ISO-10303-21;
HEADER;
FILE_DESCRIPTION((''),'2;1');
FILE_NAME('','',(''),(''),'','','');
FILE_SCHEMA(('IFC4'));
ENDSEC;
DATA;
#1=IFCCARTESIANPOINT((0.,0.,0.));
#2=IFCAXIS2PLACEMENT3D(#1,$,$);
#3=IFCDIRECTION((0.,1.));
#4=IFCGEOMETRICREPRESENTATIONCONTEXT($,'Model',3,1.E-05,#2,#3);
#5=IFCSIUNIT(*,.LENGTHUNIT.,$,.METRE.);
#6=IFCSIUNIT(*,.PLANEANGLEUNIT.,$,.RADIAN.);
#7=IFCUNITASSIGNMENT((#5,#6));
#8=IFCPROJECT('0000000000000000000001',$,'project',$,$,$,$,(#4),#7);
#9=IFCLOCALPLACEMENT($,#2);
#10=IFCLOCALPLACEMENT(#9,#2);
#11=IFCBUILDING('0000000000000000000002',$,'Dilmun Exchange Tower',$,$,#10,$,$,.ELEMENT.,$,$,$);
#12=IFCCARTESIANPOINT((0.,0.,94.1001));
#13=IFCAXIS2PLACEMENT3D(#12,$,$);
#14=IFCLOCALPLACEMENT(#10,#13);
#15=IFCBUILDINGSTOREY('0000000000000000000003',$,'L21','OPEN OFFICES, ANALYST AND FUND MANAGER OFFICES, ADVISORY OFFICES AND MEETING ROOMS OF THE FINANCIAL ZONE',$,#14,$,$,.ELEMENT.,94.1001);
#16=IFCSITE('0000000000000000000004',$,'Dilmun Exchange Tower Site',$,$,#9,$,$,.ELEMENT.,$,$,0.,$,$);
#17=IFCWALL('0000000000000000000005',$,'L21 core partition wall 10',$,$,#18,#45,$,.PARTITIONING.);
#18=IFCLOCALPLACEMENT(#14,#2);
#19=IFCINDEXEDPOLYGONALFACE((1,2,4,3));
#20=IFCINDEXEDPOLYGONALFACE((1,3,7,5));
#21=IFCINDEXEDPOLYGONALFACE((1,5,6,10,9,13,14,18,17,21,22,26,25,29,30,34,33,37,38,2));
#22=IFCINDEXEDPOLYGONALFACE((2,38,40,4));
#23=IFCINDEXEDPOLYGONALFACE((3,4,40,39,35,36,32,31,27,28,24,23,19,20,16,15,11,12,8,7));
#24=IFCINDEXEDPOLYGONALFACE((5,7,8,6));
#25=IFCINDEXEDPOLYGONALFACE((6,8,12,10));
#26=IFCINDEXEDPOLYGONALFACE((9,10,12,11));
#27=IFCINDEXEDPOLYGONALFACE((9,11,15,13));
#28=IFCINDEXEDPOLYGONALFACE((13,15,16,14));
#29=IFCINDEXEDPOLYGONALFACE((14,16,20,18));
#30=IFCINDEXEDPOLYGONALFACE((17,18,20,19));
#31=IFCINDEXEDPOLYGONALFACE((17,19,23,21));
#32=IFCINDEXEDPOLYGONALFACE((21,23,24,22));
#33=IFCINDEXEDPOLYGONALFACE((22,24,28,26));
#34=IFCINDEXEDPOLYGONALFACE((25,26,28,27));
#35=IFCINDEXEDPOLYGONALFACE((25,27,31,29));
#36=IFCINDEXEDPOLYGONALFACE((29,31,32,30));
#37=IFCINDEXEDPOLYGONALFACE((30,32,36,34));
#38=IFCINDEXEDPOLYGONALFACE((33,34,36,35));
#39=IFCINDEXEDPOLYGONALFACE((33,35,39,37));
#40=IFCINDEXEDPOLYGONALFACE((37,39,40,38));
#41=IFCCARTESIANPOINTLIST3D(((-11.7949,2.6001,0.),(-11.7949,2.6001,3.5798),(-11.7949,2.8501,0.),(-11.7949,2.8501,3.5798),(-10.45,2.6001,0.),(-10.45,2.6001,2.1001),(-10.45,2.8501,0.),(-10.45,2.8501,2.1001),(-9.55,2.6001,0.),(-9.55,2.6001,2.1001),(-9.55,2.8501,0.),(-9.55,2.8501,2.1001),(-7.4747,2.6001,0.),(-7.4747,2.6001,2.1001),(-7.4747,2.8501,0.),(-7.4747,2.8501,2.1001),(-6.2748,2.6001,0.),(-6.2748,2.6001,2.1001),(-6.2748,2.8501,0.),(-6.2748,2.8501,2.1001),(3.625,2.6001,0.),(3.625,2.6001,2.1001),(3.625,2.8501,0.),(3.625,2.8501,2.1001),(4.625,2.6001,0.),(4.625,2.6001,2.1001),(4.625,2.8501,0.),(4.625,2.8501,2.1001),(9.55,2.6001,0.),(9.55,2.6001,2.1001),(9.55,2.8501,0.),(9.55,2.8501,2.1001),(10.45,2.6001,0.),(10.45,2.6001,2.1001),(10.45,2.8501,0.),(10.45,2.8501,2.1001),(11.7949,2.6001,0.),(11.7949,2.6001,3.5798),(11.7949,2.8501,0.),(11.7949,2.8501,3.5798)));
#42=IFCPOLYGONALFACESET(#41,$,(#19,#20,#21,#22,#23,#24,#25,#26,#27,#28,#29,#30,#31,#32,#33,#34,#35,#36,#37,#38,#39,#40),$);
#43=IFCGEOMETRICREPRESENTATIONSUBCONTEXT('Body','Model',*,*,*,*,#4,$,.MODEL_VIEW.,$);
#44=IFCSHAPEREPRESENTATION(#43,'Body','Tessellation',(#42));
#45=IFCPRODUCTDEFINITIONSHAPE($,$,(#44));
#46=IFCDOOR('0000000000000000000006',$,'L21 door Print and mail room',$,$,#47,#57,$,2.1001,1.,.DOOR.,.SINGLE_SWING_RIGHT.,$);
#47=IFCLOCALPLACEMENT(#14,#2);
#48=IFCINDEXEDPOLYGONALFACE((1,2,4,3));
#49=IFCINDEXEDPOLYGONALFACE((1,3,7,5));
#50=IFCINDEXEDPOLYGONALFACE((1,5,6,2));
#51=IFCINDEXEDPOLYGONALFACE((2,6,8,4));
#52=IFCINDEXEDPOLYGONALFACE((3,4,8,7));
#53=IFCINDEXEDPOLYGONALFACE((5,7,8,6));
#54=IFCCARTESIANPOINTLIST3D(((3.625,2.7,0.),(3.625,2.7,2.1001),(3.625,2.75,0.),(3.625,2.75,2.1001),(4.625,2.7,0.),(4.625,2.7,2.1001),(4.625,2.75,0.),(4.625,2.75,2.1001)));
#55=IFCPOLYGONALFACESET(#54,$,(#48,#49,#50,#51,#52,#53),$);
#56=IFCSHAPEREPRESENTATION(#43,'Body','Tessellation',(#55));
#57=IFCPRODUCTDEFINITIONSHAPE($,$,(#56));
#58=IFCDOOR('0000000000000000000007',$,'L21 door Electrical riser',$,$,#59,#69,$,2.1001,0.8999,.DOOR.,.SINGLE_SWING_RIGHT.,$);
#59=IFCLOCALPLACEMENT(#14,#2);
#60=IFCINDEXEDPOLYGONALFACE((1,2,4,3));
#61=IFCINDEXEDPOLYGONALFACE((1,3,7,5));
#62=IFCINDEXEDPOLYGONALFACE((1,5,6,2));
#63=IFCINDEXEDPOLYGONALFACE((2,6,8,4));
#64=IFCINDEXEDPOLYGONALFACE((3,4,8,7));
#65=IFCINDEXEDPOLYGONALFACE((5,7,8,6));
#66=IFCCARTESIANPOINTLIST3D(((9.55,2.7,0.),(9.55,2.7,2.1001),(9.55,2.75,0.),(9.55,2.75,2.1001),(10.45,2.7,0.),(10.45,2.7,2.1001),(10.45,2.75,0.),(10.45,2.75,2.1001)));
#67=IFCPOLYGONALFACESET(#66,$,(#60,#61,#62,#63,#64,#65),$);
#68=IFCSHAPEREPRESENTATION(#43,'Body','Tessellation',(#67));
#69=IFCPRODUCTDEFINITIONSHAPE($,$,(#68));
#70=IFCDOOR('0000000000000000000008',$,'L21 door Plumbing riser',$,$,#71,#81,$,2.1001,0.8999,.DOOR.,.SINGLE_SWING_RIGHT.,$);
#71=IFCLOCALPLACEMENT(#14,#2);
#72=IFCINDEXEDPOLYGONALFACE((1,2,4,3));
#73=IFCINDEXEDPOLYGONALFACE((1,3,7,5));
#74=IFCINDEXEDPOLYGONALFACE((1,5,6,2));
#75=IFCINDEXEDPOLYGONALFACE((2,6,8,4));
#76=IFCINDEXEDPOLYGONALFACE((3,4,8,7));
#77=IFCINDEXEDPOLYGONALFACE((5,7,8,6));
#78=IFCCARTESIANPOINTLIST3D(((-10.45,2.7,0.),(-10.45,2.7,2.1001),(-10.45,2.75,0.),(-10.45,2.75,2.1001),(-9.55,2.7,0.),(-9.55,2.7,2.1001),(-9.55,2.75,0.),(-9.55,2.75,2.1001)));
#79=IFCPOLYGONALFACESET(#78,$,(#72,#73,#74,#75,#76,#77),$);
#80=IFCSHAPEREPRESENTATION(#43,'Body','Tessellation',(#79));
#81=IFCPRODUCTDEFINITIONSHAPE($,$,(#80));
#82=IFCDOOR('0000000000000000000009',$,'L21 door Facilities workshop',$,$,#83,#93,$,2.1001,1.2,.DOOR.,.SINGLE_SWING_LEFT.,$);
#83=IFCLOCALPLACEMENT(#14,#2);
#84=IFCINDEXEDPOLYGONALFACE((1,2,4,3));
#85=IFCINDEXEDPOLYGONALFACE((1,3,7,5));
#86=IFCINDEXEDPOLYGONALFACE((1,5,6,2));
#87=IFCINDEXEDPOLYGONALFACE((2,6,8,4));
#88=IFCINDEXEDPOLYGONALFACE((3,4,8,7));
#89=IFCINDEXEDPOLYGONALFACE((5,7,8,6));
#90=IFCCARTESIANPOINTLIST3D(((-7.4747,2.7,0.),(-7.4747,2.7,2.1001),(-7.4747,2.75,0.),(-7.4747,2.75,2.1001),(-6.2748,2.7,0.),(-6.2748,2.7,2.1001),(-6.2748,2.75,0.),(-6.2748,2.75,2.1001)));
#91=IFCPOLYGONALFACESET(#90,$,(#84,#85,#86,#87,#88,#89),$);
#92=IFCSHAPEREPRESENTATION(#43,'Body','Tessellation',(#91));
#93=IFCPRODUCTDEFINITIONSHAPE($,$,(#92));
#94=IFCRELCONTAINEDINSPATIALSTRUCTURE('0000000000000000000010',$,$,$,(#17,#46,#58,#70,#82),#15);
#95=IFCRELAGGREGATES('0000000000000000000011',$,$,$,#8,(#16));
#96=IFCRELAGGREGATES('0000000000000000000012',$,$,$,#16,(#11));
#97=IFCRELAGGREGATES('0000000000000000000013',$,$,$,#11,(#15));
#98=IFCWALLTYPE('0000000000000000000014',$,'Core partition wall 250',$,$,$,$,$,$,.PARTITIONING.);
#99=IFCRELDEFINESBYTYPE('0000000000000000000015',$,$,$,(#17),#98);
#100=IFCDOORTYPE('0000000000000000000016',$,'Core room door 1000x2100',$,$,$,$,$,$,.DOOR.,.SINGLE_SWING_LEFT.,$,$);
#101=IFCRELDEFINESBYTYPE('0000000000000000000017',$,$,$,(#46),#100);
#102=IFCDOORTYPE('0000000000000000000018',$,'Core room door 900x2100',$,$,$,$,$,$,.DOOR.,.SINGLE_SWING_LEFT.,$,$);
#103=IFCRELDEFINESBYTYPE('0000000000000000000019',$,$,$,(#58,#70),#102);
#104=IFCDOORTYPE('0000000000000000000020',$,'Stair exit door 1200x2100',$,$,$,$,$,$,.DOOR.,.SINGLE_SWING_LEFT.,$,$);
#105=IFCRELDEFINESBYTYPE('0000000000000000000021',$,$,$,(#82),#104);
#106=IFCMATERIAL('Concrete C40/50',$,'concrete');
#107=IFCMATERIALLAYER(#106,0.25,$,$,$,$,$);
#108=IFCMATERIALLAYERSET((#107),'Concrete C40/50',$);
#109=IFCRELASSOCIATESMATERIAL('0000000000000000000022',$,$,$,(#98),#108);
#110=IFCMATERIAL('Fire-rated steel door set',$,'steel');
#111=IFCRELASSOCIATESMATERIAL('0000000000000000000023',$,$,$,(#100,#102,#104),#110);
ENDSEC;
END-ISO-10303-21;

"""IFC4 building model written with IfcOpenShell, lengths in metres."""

from ifc_helpers import new_model, si_unit, direction, frame, frame_2d, origin, place, context, subcontext, project, spatial, rectangle, extrude, material, layer, layer_set, type_object, element, fill, save


model = new_model("IFC4")

# Units and contexts
model_context = context("Model", 3, precision=1e-05, world=origin(), true_north=direction((0.0, 1.0)))
body_context = subcontext(model_context, "Body", "Model", "MODEL_VIEW")
ifc_project = project(units=[si_unit("LENGTHUNIT", "METRE"), si_unit("PLANEANGLEUNIT", "RADIAN")], contexts=[model_context])

# Site, building, storey
site_placement = place(None, origin())
site = spatial("IfcSite", under=ifc_project, at=site_placement, Name="Dilmun Exchange Tower Site", CompositionType="ELEMENT", RefElevation=0.0)
building_placement = place(site_placement, origin())
building = spatial("IfcBuilding", under=site, at=building_placement, Name="Dilmun Exchange Tower", CompositionType="ELEMENT")
storey_placement = place(building_placement, frame((0.0, 0.0, 94.1001)))
storey = spatial("IfcBuildingStorey", under=building, at=storey_placement, Name="L21", Description="OPEN OFFICES, ANALYST AND FUND MANAGER OFFICES, ADVISORY OFFICES AND MEETING ROOMS OF THE FINANCIAL ZONE", CompositionType="ELEMENT", Elevation=94.1001)

# Shared definitions
ifc_material_1 = material(Name="Concrete C40/50", Category="concrete")

# Wall, openings, doors
ifc_layer_1 = layer(ifc_material_1, 0.25)
ifc_layer_set_1 = layer_set([ifc_layer_1], Name="Concrete C40/50")
wall_type_1 = type_object("IfcWallType", Name="Core partition wall 250", PredefinedType="PARTITIONING", material=ifc_layer_set_1)
wall_1_placement = place(storey_placement, frame((-11.7949, 2.7251, 0.0), z_axis=(0.0, 0.0, 1.0), x_axis=(1.0, 0.0, 0.0)))
wall_1 = element("IfcWall", 1, at=wall_1_placement, inside=storey, type_object=wall_type_1, Name="L21 core partition wall 10", PredefinedType="PARTITIONING", context=body_context, shape_type="SweptSolid", body=[
    extrude(rectangle(XDim=23.5898, YDim=0.25, at=frame_2d((11.7949, 0.0))), origin(), (0.0, 0.0, 1.0), 3.5798),
])
opening_1_placement = place(wall_1_placement, frame((21.345, 0.0, 0.0)))
opening_1 = element("IfcOpeningElement", 2, at=opening_1_placement, cuts=wall_1, PredefinedType="OPENING", context=body_context, shape_type="SweptSolid", body=[
    extrude(rectangle(XDim=0.8999, YDim=2.1001, at=frame_2d((0.45, 1.05))), frame((0.0, 0.135, 0.0), z_axis=(0.0, -1.0, 0.0), x_axis=(1.0, 0.0, 0.0)), (0.0, 0.0, 1.0), 0.27),
])
opening_2_placement = place(wall_1_placement, frame((1.345, 0.0, 0.0)))
opening_2 = element("IfcOpeningElement", 3, at=opening_2_placement, cuts=wall_1, PredefinedType="OPENING", context=body_context, shape_type="SweptSolid", body=[
    extrude(rectangle(XDim=0.8999, YDim=2.1001, at=frame_2d((0.45, 1.05))), frame((0.0, 0.135, 0.0), z_axis=(0.0, -1.0, 0.0), x_axis=(1.0, 0.0, 0.0)), (0.0, 0.0, 1.0), 0.27),
])
opening_3_placement = place(wall_1_placement, frame((4.3201, 0.0, 0.0)))
opening_3 = element("IfcOpeningElement", 4, at=opening_3_placement, cuts=wall_1, PredefinedType="OPENING", context=body_context, shape_type="SweptSolid", body=[
    extrude(rectangle(XDim=1.2, YDim=2.1001, at=frame_2d((0.6001, 1.05))), frame((0.0, 0.135, 0.0), z_axis=(0.0, -1.0, 0.0), x_axis=(1.0, 0.0, 0.0)), (0.0, 0.0, 1.0), 0.27),
])
opening_4_placement = place(wall_1_placement, frame((15.4199, 0.0, 0.0)))
opening_4 = element("IfcOpeningElement", 5, at=opening_4_placement, cuts=wall_1, PredefinedType="OPENING", context=body_context, shape_type="SweptSolid", body=[
    extrude(rectangle(XDim=1.0, YDim=2.1001, at=frame_2d((0.5, 1.05))), frame((0.0, 0.135, 0.0), z_axis=(0.0, -1.0, 0.0), x_axis=(1.0, 0.0, 0.0)), (0.0, 0.0, 1.0), 0.27),
])
ifc_material_2 = material(Name="Fire-rated steel door set", Category="steel")
door_type_1 = type_object("IfcDoorType", Name="Core room door 1000x2100", OperationType="SINGLE_SWING_LEFT", PredefinedType="DOOR", material=ifc_material_2)
door_1_placement = place(opening_4_placement, origin())
door_1 = element("IfcDoor", 6, at=door_1_placement, inside=storey, type_object=door_type_1, Name="L21 door Print and mail room", OperationType="SINGLE_SWING_RIGHT", OverallHeight=2.1001, OverallWidth=1.0, PredefinedType="DOOR", context=body_context, shape_type="SweptSolid", body=[
    extrude(rectangle(XDim=1.0, YDim=2.1001, at=frame_2d((0.5, 1.05))), frame((0.0, 0.0249, 0.0), z_axis=(0.0, -1.0, 0.0), x_axis=(1.0, 0.0, 0.0)), (0.0, 0.0, 1.0), 0.05),
])
fill(opening_4, door_1)
door_type_2 = type_object("IfcDoorType", Name="Core room door 900x2100", OperationType="SINGLE_SWING_LEFT", PredefinedType="DOOR", material=ifc_material_2)
door_2_placement = place(opening_1_placement, origin())
door_2 = element("IfcDoor", 7, at=door_2_placement, inside=storey, type_object=door_type_2, Name="L21 door Electrical riser", OperationType="SINGLE_SWING_RIGHT", OverallHeight=2.1001, OverallWidth=0.8999, PredefinedType="DOOR", context=body_context, shape_type="SweptSolid", body=[
    extrude(rectangle(XDim=0.8999, YDim=2.1001, at=frame_2d((0.45, 1.05))), frame((0.0, 0.0249, 0.0), z_axis=(0.0, -1.0, 0.0), x_axis=(1.0, 0.0, 0.0)), (0.0, 0.0, 1.0), 0.05),
])
fill(opening_1, door_2)
door_3_placement = place(opening_2_placement, origin())
door_3 = element("IfcDoor", 8, at=door_3_placement, inside=storey, type_object=door_type_2, Name="L21 door Plumbing riser", OperationType="SINGLE_SWING_RIGHT", OverallHeight=2.1001, OverallWidth=0.8999, PredefinedType="DOOR", context=body_context, shape_type="SweptSolid", body=[
    extrude(rectangle(XDim=0.8999, YDim=2.1001, at=frame_2d((0.45, 1.05))), frame((0.0, 0.0249, 0.0), z_axis=(0.0, -1.0, 0.0), x_axis=(1.0, 0.0, 0.0)), (0.0, 0.0, 1.0), 0.05),
])
fill(opening_2, door_3)
door_type_3 = type_object("IfcDoorType", Name="Stair exit door 1200x2100", OperationType="SINGLE_SWING_LEFT", PredefinedType="DOOR", material=ifc_material_2)
door_4_placement = place(opening_3_placement, origin())
door_4 = element("IfcDoor", 9, at=door_4_placement, inside=storey, type_object=door_type_3, Name="L21 door Facilities workshop", OperationType="SINGLE_SWING_LEFT", OverallHeight=2.1001, OverallWidth=1.2, PredefinedType="DOOR", context=body_context, shape_type="SweptSolid", body=[
    extrude(rectangle(XDim=1.2, YDim=2.1001, at=frame_2d((0.6001, 1.05))), frame((0.0, 0.0249, 0.0), z_axis=(0.0, -1.0, 0.0), x_axis=(1.0, 0.0, 0.0)), (0.0, 0.0, 1.0), 0.05),
])
fill(opening_3, door_4)

save(model, "model.ifc")
